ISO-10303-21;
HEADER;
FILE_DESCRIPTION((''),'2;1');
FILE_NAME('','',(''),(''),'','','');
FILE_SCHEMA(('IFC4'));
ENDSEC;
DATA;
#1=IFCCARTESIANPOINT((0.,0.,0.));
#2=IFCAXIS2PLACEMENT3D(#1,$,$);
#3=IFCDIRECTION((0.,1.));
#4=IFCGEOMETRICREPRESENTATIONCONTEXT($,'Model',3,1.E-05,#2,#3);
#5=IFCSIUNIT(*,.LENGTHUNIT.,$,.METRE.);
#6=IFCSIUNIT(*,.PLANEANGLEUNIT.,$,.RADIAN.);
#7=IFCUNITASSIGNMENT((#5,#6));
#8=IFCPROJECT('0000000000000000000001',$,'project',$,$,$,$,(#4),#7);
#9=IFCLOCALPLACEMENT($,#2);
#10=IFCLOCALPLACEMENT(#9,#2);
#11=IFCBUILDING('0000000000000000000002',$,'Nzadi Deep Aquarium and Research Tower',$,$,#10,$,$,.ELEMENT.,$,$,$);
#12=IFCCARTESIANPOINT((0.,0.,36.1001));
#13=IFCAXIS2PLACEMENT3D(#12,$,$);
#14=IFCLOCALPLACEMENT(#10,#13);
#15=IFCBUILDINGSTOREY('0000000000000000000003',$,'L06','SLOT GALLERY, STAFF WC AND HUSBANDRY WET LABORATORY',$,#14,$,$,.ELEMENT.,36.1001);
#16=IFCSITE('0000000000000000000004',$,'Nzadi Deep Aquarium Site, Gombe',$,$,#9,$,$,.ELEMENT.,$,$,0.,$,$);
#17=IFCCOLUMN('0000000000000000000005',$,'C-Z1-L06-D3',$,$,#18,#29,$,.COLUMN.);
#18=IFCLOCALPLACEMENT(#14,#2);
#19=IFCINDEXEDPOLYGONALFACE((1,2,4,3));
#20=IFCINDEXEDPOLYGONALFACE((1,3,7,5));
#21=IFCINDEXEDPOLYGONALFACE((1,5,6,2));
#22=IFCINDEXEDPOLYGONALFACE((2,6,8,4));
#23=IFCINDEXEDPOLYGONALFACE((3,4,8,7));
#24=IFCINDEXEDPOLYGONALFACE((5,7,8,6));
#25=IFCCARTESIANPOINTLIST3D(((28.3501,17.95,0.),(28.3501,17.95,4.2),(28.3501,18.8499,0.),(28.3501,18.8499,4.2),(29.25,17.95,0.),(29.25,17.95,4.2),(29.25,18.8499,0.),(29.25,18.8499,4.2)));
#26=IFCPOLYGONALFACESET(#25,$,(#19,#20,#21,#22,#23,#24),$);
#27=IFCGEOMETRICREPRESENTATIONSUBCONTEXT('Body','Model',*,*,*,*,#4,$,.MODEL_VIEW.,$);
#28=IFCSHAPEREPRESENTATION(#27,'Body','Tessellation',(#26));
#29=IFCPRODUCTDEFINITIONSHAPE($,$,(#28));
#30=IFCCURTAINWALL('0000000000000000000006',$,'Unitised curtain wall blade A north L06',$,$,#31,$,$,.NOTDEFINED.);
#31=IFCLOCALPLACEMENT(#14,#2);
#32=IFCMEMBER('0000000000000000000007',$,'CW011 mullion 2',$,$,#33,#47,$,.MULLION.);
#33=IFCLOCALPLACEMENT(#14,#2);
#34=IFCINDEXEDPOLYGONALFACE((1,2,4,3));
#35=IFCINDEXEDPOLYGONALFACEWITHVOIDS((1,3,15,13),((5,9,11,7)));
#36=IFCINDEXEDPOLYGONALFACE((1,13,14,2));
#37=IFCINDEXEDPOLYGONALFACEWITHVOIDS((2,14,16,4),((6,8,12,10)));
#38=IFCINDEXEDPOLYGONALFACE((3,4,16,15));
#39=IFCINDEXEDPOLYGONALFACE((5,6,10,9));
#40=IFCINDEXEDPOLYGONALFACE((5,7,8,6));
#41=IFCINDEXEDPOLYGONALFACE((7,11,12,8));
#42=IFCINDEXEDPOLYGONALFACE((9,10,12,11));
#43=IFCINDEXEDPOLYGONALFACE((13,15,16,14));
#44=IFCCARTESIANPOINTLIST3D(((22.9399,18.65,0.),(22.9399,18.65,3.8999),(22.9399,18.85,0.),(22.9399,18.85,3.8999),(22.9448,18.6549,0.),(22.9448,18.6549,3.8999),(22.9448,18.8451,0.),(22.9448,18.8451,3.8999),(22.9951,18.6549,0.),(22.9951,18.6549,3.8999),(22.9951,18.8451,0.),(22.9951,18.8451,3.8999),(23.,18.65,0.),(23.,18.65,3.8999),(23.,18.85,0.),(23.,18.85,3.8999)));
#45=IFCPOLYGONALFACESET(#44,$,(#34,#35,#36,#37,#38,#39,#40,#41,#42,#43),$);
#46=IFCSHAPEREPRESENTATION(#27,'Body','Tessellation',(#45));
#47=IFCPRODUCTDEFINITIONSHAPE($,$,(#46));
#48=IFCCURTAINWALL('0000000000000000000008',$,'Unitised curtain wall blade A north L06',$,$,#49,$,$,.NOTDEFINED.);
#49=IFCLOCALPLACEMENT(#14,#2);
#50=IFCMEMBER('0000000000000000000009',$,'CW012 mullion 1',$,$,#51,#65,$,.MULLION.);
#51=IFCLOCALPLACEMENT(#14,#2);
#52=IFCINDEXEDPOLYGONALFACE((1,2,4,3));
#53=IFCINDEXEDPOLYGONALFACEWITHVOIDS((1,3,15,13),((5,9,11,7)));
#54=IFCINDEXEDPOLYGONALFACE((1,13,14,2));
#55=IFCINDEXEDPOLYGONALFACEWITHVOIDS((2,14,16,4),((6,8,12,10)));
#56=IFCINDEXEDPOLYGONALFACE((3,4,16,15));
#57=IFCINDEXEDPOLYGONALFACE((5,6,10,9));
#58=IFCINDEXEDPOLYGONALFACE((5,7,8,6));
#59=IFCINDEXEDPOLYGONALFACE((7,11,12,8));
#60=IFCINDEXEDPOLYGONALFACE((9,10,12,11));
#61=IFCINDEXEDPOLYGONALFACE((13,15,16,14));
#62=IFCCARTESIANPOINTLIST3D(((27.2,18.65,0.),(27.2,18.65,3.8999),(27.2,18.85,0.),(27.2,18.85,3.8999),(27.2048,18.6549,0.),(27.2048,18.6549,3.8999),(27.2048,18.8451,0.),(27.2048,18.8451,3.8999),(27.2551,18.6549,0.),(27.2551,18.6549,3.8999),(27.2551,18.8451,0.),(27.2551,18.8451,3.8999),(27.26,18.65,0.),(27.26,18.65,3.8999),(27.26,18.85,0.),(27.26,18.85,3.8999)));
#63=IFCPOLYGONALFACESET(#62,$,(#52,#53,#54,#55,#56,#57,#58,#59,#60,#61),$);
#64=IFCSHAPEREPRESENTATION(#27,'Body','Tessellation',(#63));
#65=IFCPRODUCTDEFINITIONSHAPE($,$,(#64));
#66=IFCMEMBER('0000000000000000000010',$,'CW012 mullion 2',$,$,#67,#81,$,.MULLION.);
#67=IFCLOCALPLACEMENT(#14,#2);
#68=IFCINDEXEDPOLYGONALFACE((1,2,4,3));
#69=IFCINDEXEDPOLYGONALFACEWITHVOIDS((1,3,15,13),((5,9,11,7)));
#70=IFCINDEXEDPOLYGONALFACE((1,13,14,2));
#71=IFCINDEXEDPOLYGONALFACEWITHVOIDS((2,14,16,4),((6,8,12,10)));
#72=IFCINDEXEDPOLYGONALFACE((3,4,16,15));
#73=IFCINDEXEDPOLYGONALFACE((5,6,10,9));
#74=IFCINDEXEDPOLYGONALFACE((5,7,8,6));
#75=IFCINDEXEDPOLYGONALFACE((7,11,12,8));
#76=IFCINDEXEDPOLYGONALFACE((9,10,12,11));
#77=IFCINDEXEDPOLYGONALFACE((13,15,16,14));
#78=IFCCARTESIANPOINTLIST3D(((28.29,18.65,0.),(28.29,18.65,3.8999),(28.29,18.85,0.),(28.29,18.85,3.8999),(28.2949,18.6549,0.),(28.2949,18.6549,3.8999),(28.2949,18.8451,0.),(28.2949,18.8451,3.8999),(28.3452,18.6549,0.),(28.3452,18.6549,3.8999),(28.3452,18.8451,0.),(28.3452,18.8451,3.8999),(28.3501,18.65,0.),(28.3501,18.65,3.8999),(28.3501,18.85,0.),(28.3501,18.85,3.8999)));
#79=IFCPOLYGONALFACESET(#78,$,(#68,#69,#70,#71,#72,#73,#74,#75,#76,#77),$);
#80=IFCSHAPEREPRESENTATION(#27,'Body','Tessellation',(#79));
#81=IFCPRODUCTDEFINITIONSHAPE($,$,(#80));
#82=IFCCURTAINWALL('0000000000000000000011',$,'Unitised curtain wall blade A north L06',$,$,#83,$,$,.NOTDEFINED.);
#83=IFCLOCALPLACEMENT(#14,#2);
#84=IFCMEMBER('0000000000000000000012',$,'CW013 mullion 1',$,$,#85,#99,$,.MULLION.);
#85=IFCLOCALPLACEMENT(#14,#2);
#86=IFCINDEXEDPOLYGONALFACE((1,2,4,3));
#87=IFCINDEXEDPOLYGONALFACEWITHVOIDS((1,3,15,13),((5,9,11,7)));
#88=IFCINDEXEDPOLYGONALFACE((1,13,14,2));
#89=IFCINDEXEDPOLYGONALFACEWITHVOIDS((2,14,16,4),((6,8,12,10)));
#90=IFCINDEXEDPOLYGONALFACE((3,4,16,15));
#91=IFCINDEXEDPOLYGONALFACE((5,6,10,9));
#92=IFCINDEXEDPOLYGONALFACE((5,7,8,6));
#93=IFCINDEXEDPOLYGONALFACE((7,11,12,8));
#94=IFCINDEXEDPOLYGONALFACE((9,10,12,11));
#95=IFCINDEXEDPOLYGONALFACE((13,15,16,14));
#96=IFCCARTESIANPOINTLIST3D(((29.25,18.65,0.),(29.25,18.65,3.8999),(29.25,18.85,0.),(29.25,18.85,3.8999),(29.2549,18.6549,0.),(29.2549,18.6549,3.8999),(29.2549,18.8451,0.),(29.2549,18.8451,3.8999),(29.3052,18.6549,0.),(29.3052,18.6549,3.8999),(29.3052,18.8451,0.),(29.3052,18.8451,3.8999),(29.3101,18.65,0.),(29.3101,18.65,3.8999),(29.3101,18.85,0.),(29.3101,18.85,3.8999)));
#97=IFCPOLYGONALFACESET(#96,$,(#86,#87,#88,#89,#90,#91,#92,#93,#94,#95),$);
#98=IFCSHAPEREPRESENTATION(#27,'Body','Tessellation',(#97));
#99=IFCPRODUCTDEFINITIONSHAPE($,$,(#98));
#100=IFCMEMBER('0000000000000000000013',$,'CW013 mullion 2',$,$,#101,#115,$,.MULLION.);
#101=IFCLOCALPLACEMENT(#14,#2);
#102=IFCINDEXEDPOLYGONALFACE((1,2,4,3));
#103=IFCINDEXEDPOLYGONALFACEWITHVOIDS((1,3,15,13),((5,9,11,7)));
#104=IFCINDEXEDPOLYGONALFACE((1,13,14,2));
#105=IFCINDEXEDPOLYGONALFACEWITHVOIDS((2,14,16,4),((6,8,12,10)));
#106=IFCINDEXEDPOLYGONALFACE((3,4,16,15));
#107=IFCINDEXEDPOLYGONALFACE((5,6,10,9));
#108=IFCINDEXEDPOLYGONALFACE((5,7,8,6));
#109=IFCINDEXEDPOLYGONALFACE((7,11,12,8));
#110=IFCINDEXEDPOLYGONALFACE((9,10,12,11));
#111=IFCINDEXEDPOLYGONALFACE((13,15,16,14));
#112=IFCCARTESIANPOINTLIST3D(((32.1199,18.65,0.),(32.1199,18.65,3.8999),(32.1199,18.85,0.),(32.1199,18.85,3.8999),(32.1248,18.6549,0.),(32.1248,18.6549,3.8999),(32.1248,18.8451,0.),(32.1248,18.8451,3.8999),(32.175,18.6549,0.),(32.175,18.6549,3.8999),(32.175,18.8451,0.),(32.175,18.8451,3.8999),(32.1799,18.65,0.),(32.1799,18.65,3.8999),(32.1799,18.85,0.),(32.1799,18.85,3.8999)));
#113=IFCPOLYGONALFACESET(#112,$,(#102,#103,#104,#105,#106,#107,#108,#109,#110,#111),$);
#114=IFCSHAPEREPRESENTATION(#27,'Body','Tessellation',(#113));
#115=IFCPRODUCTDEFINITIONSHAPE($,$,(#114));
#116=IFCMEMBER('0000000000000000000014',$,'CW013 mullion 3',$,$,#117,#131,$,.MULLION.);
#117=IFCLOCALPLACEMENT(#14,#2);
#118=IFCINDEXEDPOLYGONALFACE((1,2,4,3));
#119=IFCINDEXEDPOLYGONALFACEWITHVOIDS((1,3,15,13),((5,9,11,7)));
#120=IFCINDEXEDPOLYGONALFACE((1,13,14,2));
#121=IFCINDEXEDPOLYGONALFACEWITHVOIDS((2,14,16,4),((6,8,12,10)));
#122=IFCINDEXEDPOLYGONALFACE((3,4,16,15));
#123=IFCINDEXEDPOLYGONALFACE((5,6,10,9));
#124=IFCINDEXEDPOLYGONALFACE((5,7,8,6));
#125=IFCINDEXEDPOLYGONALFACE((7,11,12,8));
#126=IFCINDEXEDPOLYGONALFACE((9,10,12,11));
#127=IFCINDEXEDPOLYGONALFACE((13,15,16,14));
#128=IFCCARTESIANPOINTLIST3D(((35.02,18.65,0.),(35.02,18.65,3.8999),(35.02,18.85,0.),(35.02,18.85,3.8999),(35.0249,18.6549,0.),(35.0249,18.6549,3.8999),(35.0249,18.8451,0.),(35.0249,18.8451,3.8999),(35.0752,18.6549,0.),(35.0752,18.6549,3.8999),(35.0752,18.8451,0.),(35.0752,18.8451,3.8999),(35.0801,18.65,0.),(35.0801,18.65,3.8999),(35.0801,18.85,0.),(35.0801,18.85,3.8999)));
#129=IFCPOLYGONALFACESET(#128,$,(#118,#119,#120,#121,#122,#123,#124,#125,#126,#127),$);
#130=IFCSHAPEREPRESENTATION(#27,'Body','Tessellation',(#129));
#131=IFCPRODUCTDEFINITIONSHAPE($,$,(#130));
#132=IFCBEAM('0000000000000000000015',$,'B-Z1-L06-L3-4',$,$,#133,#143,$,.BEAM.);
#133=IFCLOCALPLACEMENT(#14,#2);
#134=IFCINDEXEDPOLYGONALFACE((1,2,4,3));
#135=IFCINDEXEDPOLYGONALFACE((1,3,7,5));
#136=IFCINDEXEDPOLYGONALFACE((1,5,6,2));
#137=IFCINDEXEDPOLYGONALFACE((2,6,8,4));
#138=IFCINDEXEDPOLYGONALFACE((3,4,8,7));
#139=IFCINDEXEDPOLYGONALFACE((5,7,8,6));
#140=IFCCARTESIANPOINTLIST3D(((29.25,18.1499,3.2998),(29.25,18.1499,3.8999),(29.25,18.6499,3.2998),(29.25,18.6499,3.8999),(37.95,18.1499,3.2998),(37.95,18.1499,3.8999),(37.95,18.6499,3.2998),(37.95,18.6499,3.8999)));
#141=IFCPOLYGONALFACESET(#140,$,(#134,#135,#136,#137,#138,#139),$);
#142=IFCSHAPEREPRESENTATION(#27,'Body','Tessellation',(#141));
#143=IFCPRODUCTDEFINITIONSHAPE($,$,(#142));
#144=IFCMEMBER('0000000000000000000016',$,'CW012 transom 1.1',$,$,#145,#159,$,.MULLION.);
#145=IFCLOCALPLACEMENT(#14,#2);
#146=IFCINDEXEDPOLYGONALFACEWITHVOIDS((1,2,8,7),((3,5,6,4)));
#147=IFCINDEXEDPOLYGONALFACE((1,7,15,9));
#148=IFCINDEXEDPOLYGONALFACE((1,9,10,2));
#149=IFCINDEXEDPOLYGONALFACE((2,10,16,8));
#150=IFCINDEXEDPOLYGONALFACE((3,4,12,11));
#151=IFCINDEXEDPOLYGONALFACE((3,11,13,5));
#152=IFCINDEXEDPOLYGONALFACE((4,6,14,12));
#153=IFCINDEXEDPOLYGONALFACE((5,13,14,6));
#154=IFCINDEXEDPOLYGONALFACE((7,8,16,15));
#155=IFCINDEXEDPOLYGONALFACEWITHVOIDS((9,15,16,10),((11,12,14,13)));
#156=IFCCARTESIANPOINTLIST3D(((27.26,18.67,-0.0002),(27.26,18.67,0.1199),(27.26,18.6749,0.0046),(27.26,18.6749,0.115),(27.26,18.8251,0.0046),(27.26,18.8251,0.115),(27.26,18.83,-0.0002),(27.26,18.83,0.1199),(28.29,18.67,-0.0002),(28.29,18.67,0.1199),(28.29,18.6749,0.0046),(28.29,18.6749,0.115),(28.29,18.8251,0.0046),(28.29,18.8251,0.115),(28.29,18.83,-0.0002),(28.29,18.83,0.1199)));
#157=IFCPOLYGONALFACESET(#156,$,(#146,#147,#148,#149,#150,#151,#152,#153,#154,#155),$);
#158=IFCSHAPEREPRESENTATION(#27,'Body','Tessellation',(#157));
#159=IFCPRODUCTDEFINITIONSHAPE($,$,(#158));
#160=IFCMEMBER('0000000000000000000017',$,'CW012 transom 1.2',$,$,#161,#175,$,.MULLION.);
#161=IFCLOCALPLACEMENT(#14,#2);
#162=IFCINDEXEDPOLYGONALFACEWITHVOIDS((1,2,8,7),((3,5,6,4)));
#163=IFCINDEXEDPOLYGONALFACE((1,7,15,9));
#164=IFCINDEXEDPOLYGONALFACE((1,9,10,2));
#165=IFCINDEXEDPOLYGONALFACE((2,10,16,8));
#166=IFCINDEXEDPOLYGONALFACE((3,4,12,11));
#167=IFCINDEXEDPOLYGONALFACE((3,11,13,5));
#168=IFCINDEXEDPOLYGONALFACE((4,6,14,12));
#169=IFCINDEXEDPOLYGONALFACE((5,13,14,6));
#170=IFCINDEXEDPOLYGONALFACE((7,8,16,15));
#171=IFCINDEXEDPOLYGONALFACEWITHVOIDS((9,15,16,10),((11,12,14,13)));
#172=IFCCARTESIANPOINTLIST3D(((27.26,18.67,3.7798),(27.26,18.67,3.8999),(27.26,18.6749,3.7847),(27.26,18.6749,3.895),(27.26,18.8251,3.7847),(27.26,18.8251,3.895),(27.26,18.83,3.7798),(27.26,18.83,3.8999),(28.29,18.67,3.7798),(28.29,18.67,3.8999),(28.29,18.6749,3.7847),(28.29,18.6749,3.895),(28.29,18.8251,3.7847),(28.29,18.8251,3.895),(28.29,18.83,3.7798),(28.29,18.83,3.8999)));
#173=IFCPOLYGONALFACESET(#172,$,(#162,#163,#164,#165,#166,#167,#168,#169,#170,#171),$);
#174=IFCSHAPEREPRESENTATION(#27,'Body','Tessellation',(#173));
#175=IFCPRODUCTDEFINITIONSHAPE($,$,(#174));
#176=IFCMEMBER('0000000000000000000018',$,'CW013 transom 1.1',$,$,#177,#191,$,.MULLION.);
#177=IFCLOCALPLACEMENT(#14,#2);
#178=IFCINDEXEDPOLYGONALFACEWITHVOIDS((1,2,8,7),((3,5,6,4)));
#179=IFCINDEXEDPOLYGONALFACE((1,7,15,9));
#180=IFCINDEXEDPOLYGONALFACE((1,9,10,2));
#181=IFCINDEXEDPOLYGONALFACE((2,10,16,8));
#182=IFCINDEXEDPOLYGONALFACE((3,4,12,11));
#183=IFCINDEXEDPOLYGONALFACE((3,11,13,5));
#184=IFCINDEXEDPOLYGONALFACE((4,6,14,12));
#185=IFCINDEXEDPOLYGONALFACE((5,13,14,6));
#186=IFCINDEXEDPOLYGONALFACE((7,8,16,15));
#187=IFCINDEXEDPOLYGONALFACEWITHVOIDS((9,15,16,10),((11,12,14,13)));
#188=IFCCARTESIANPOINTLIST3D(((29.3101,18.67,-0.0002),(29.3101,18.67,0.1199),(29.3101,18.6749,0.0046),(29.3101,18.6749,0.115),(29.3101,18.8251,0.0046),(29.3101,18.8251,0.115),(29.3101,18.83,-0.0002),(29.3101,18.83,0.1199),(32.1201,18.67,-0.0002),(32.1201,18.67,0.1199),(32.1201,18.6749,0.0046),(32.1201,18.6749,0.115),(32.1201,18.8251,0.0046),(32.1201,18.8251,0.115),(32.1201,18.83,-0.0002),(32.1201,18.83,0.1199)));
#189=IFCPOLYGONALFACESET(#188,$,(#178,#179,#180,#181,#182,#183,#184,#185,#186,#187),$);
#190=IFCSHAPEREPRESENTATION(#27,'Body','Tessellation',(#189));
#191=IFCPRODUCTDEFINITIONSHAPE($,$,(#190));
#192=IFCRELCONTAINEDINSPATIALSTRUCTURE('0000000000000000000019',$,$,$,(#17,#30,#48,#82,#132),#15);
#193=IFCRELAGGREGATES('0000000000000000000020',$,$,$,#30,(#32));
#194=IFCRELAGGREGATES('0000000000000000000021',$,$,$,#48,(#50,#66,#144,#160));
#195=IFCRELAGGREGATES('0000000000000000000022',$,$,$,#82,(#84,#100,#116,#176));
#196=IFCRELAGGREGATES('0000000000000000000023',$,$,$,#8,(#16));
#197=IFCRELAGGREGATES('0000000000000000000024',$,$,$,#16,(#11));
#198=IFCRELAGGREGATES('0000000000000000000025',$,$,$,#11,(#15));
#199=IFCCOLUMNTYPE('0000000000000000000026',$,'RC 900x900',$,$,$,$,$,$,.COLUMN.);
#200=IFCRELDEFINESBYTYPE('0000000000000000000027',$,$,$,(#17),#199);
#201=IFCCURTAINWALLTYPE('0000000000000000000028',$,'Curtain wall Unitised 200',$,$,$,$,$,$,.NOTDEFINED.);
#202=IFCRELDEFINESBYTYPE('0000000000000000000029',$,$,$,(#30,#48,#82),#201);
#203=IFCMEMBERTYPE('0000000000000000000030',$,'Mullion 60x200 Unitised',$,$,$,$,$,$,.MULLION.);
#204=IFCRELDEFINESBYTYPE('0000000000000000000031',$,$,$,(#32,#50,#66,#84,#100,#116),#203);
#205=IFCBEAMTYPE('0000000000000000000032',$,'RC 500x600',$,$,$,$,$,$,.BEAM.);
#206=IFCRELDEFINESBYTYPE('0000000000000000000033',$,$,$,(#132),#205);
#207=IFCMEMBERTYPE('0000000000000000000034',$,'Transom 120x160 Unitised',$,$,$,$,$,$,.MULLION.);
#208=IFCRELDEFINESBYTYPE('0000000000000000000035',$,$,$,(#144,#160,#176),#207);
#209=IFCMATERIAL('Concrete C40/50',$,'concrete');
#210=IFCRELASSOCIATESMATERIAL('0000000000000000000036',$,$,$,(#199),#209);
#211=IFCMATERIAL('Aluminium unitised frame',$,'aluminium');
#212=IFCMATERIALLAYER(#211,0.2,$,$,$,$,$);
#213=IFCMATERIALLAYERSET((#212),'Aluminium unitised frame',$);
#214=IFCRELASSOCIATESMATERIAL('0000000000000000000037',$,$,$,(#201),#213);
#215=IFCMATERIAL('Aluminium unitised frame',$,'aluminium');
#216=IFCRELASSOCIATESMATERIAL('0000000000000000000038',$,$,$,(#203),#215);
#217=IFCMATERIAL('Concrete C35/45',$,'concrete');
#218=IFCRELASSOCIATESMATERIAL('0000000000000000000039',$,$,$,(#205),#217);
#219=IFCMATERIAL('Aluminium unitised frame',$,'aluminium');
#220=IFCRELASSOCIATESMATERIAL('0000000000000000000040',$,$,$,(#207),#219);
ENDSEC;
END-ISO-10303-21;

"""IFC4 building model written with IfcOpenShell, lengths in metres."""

from ifc_helpers import new_model, si_unit, direction, frame, origin, origin_2d, place, context, subcontext, project, spatial, rectangle, hollow_rectangle, extrude, material, layer, layer_set, material_profile, profile_set, type_object, element, aggregate, save


model = new_model("IFC4")

# Units and contexts
model_context = context("Model", 3, precision=1e-05, world=origin(), true_north=direction((0.0, 1.0)))
body_context = subcontext(model_context, "Body", "Model", "MODEL_VIEW")
ifc_project = project(units=[si_unit("LENGTHUNIT", "METRE"), si_unit("PLANEANGLEUNIT", "RADIAN")], contexts=[model_context])

# Site, building, storey
site_placement = place(None, origin())
site = spatial("IfcSite", under=ifc_project, at=site_placement, Name="Nzadi Deep Aquarium Site, Gombe", CompositionType="ELEMENT", RefElevation=0.0)
building_placement = place(site_placement, origin())
building = spatial("IfcBuilding", under=site, at=building_placement, Name="Nzadi Deep Aquarium and Research Tower", CompositionType="ELEMENT")
storey_placement = place(building_placement, frame((0.0, 0.0, 36.1001)))
storey = spatial("IfcBuildingStorey", under=building, at=storey_placement, Name="L06", Description="SLOT GALLERY, STAFF WC AND HUSBANDRY WET LABORATORY", CompositionType="ELEMENT", Elevation=36.1001)

# Column
ifc_material_1 = material(Name="Concrete C40/50", Category="concrete")
ifc_material_profile_1 = material_profile(ifc_material_1, rectangle(XDim=0.8999, YDim=0.8999, at=origin_2d()))
ifc_profile_set_1 = profile_set([ifc_material_profile_1], Name="Concrete C40/50")
column_type = type_object("IfcColumnType", Name="RC 900x900", PredefinedType="COLUMN", material=ifc_profile_set_1)
column_placement = place(storey_placement, frame((28.8, 18.3999, 0.0), z_axis=(0.0, 0.0, 1.0), x_axis=(1.0, 0.0, 0.0)))
element("IfcColumn", 1, at=column_placement, inside=storey, type_object=column_type, Name="C-Z1-L06-D3", PredefinedType="COLUMN", context=body_context, shape_type="SweptSolid", body=[
    extrude(rectangle(XDim=0.8999, YDim=0.8999, at=origin_2d()), origin(), (0.0, 0.0, 1.0), 4.2),
])

# Curtain wall, member
ifc_material_2 = material(Name="Aluminium unitised frame", Category="aluminium")
ifc_layer_1 = layer(ifc_material_2, 0.2)
ifc_layer_set_1 = layer_set([ifc_layer_1], Name="Aluminium unitised frame")
curtain_wall_type = type_object("IfcCurtainWallType", Name="Curtain wall Unitised 200", PredefinedType="NOTDEFINED", material=ifc_layer_set_1)
curtain_wall_1_placement = place(storey_placement, origin())
curtain_wall_1 = element("IfcCurtainWall", 2, at=curtain_wall_1_placement, inside=storey, type_object=curtain_wall_type, Name="Unitised curtain wall blade A north L06", PredefinedType="NOTDEFINED")
ifc_material_3 = material(Name="Aluminium unitised frame", Category="aluminium")
ifc_material_profile_2 = material_profile(ifc_material_3, hollow_rectangle(XDim=0.2, YDim=0.0601, WallThickness=0.0049, at=origin_2d()))
ifc_profile_set_2 = profile_set([ifc_material_profile_2], Name="Aluminium unitised frame")
member_type_1 = type_object("IfcMemberType", Name="Mullion 60x200 Unitised", PredefinedType="MULLION", material=ifc_profile_set_2)
member_1_placement = place(storey_placement, frame((22.97, 18.75, 0.0), z_axis=(0.0, 0.0, 1.0), x_axis=(0.0, 1.0, 0.0)))
member_1 = element("IfcMember", 3, at=member_1_placement, type_object=member_type_1, Name="CW011 mullion 2", PredefinedType="MULLION", context=body_context, shape_type="SweptSolid", body=[
    extrude(hollow_rectangle(XDim=0.2, YDim=0.0601, WallThickness=0.0049, at=origin_2d()), origin(), (0.0, 0.0, 1.0), 3.8999),
])

# Curtain walls, members
curtain_wall_2_placement = place(storey_placement, origin())
curtain_wall_2 = element("IfcCurtainWall", 4, at=curtain_wall_2_placement, inside=storey, type_object=curtain_wall_type, Name="Unitised curtain wall blade A north L06", PredefinedType="NOTDEFINED")
member_2_placement = place(storey_placement, frame((27.23, 18.75, 0.0), z_axis=(0.0, 0.0, 1.0), x_axis=(0.0, 1.0, 0.0)))
member_2 = element("IfcMember", 5, at=member_2_placement, type_object=member_type_1, Name="CW012 mullion 1", PredefinedType="MULLION", context=body_context, shape_type="SweptSolid", body=[
    extrude(hollow_rectangle(XDim=0.2, YDim=0.0601, WallThickness=0.0049, at=origin_2d()), origin(), (0.0, 0.0, 1.0), 3.8999),
])
member_3_placement = place(storey_placement, frame((28.3201, 18.75, 0.0), z_axis=(0.0, 0.0, 1.0), x_axis=(0.0, 1.0, 0.0)))
member_3 = element("IfcMember", 6, at=member_3_placement, type_object=member_type_1, Name="CW012 mullion 2", PredefinedType="MULLION", context=body_context, shape_type="SweptSolid", body=[
    extrude(hollow_rectangle(XDim=0.2, YDim=0.0601, WallThickness=0.0049, at=origin_2d()), origin(), (0.0, 0.0, 1.0), 3.8999),
])
curtain_wall_3_placement = place(storey_placement, origin())
curtain_wall_3 = element("IfcCurtainWall", 7, at=curtain_wall_3_placement, inside=storey, type_object=curtain_wall_type, Name="Unitised curtain wall blade A north L06", PredefinedType="NOTDEFINED")
member_4_placement = place(storey_placement, frame((29.28, 18.75, 0.0), z_axis=(0.0, 0.0, 1.0), x_axis=(0.0, 1.0, 0.0)))
member_4 = element("IfcMember", 8, at=member_4_placement, type_object=member_type_1, Name="CW013 mullion 1", PredefinedType="MULLION", context=body_context, shape_type="SweptSolid", body=[
    extrude(hollow_rectangle(XDim=0.2, YDim=0.0601, WallThickness=0.0049, at=origin_2d()), origin(), (0.0, 0.0, 1.0), 3.8999),
])
member_5_placement = place(storey_placement, frame((32.1499, 18.75, 0.0), z_axis=(0.0, 0.0, 1.0), x_axis=(0.0, 1.0, 0.0)))
member_5 = element("IfcMember", 9, at=member_5_placement, type_object=member_type_1, Name="CW013 mullion 2", PredefinedType="MULLION", context=body_context, shape_type="SweptSolid", body=[
    extrude(hollow_rectangle(XDim=0.2, YDim=0.0601, WallThickness=0.0049, at=origin_2d()), origin(), (0.0, 0.0, 1.0), 3.8999),
])
member_6_placement = place(storey_placement, frame((35.05, 18.75, 0.0), z_axis=(0.0, 0.0, 1.0), x_axis=(0.0, 1.0, 0.0)))
member_6 = element("IfcMember", 10, at=member_6_placement, type_object=member_type_1, Name="CW013 mullion 3", PredefinedType="MULLION", context=body_context, shape_type="SweptSolid", body=[
    extrude(hollow_rectangle(XDim=0.2, YDim=0.0601, WallThickness=0.0049, at=origin_2d()), origin(), (0.0, 0.0, 1.0), 3.8999),
])

# Beam
ifc_material_4 = material(Name="Concrete C35/45", Category="concrete")
ifc_material_profile_3 = material_profile(ifc_material_4, rectangle(XDim=0.5, YDim=0.6001, at=origin_2d()))
ifc_profile_set_3 = profile_set([ifc_material_profile_3], Name="Concrete C35/45")
beam_type = type_object("IfcBeamType", Name="RC 500x600", PredefinedType="BEAM", material=ifc_profile_set_3)
beam_placement = place(storey_placement, frame((29.25, 18.3999, 3.5999), z_axis=(1.0, 0.0, 0.0), x_axis=(0.0, 1.0, 0.0)))
element("IfcBeam", 11, at=beam_placement, inside=storey, type_object=beam_type, Name="B-Z1-L06-L3-4", PredefinedType="BEAM", context=body_context, shape_type="SweptSolid", body=[
    extrude(rectangle(XDim=0.5, YDim=0.6001, at=origin_2d()), origin(), (0.0, 0.0, 1.0), 8.7),
])

# Members
ifc_material_5 = material(Name="Aluminium unitised frame", Category="aluminium")
ifc_material_profile_4 = material_profile(ifc_material_5, hollow_rectangle(XDim=0.1599, YDim=0.1201, WallThickness=0.0049, at=origin_2d()))
ifc_profile_set_4 = profile_set([ifc_material_profile_4], Name="Aluminium unitised frame")
member_type_2 = type_object("IfcMemberType", Name="Transom 120x160 Unitised", PredefinedType="MULLION", material=ifc_profile_set_4)
member_7_placement = place(storey_placement, frame((27.26, 18.75, 0.0598), z_axis=(1.0, 0.0, 0.0), x_axis=(0.0, 1.0, 0.0)))
member_7 = element("IfcMember", 12, at=member_7_placement, type_object=member_type_2, Name="CW012 transom 1.1", PredefinedType="MULLION", context=body_context, shape_type="SweptSolid", body=[
    extrude(hollow_rectangle(XDim=0.1599, YDim=0.1201, WallThickness=0.0049, at=origin_2d()), origin(), (0.0, 0.0, 1.0), 1.03),
])
member_8_placement = place(storey_placement, frame((27.26, 18.75, 3.8398), z_axis=(1.0, 0.0, 0.0), x_axis=(0.0, 1.0, 0.0)))
member_8 = element("IfcMember", 13, at=member_8_placement, type_object=member_type_2, Name="CW012 transom 1.2", PredefinedType="MULLION", context=body_context, shape_type="SweptSolid", body=[
    extrude(hollow_rectangle(XDim=0.1599, YDim=0.1201, WallThickness=0.0049, at=origin_2d()), origin(), (0.0, 0.0, 1.0), 1.03),
])
member_9_placement = place(storey_placement, frame((29.3101, 18.75, 0.0598), z_axis=(1.0, 0.0, 0.0), x_axis=(0.0, 1.0, 0.0)))
member_9 = element("IfcMember", 14, at=member_9_placement, type_object=member_type_2, Name="CW013 transom 1.1", PredefinedType="MULLION", context=body_context, shape_type="SweptSolid", body=[
    extrude(hollow_rectangle(XDim=0.1599, YDim=0.1201, WallThickness=0.0049, at=origin_2d()), origin(), (0.0, 0.0, 1.0), 2.8101),
])

aggregate(curtain_wall_1, [member_1])
aggregate(curtain_wall_2, [member_2, member_3, member_7, member_8])
aggregate(curtain_wall_3, [member_4, member_5, member_6, member_9])

save(model, "model.ifc")
